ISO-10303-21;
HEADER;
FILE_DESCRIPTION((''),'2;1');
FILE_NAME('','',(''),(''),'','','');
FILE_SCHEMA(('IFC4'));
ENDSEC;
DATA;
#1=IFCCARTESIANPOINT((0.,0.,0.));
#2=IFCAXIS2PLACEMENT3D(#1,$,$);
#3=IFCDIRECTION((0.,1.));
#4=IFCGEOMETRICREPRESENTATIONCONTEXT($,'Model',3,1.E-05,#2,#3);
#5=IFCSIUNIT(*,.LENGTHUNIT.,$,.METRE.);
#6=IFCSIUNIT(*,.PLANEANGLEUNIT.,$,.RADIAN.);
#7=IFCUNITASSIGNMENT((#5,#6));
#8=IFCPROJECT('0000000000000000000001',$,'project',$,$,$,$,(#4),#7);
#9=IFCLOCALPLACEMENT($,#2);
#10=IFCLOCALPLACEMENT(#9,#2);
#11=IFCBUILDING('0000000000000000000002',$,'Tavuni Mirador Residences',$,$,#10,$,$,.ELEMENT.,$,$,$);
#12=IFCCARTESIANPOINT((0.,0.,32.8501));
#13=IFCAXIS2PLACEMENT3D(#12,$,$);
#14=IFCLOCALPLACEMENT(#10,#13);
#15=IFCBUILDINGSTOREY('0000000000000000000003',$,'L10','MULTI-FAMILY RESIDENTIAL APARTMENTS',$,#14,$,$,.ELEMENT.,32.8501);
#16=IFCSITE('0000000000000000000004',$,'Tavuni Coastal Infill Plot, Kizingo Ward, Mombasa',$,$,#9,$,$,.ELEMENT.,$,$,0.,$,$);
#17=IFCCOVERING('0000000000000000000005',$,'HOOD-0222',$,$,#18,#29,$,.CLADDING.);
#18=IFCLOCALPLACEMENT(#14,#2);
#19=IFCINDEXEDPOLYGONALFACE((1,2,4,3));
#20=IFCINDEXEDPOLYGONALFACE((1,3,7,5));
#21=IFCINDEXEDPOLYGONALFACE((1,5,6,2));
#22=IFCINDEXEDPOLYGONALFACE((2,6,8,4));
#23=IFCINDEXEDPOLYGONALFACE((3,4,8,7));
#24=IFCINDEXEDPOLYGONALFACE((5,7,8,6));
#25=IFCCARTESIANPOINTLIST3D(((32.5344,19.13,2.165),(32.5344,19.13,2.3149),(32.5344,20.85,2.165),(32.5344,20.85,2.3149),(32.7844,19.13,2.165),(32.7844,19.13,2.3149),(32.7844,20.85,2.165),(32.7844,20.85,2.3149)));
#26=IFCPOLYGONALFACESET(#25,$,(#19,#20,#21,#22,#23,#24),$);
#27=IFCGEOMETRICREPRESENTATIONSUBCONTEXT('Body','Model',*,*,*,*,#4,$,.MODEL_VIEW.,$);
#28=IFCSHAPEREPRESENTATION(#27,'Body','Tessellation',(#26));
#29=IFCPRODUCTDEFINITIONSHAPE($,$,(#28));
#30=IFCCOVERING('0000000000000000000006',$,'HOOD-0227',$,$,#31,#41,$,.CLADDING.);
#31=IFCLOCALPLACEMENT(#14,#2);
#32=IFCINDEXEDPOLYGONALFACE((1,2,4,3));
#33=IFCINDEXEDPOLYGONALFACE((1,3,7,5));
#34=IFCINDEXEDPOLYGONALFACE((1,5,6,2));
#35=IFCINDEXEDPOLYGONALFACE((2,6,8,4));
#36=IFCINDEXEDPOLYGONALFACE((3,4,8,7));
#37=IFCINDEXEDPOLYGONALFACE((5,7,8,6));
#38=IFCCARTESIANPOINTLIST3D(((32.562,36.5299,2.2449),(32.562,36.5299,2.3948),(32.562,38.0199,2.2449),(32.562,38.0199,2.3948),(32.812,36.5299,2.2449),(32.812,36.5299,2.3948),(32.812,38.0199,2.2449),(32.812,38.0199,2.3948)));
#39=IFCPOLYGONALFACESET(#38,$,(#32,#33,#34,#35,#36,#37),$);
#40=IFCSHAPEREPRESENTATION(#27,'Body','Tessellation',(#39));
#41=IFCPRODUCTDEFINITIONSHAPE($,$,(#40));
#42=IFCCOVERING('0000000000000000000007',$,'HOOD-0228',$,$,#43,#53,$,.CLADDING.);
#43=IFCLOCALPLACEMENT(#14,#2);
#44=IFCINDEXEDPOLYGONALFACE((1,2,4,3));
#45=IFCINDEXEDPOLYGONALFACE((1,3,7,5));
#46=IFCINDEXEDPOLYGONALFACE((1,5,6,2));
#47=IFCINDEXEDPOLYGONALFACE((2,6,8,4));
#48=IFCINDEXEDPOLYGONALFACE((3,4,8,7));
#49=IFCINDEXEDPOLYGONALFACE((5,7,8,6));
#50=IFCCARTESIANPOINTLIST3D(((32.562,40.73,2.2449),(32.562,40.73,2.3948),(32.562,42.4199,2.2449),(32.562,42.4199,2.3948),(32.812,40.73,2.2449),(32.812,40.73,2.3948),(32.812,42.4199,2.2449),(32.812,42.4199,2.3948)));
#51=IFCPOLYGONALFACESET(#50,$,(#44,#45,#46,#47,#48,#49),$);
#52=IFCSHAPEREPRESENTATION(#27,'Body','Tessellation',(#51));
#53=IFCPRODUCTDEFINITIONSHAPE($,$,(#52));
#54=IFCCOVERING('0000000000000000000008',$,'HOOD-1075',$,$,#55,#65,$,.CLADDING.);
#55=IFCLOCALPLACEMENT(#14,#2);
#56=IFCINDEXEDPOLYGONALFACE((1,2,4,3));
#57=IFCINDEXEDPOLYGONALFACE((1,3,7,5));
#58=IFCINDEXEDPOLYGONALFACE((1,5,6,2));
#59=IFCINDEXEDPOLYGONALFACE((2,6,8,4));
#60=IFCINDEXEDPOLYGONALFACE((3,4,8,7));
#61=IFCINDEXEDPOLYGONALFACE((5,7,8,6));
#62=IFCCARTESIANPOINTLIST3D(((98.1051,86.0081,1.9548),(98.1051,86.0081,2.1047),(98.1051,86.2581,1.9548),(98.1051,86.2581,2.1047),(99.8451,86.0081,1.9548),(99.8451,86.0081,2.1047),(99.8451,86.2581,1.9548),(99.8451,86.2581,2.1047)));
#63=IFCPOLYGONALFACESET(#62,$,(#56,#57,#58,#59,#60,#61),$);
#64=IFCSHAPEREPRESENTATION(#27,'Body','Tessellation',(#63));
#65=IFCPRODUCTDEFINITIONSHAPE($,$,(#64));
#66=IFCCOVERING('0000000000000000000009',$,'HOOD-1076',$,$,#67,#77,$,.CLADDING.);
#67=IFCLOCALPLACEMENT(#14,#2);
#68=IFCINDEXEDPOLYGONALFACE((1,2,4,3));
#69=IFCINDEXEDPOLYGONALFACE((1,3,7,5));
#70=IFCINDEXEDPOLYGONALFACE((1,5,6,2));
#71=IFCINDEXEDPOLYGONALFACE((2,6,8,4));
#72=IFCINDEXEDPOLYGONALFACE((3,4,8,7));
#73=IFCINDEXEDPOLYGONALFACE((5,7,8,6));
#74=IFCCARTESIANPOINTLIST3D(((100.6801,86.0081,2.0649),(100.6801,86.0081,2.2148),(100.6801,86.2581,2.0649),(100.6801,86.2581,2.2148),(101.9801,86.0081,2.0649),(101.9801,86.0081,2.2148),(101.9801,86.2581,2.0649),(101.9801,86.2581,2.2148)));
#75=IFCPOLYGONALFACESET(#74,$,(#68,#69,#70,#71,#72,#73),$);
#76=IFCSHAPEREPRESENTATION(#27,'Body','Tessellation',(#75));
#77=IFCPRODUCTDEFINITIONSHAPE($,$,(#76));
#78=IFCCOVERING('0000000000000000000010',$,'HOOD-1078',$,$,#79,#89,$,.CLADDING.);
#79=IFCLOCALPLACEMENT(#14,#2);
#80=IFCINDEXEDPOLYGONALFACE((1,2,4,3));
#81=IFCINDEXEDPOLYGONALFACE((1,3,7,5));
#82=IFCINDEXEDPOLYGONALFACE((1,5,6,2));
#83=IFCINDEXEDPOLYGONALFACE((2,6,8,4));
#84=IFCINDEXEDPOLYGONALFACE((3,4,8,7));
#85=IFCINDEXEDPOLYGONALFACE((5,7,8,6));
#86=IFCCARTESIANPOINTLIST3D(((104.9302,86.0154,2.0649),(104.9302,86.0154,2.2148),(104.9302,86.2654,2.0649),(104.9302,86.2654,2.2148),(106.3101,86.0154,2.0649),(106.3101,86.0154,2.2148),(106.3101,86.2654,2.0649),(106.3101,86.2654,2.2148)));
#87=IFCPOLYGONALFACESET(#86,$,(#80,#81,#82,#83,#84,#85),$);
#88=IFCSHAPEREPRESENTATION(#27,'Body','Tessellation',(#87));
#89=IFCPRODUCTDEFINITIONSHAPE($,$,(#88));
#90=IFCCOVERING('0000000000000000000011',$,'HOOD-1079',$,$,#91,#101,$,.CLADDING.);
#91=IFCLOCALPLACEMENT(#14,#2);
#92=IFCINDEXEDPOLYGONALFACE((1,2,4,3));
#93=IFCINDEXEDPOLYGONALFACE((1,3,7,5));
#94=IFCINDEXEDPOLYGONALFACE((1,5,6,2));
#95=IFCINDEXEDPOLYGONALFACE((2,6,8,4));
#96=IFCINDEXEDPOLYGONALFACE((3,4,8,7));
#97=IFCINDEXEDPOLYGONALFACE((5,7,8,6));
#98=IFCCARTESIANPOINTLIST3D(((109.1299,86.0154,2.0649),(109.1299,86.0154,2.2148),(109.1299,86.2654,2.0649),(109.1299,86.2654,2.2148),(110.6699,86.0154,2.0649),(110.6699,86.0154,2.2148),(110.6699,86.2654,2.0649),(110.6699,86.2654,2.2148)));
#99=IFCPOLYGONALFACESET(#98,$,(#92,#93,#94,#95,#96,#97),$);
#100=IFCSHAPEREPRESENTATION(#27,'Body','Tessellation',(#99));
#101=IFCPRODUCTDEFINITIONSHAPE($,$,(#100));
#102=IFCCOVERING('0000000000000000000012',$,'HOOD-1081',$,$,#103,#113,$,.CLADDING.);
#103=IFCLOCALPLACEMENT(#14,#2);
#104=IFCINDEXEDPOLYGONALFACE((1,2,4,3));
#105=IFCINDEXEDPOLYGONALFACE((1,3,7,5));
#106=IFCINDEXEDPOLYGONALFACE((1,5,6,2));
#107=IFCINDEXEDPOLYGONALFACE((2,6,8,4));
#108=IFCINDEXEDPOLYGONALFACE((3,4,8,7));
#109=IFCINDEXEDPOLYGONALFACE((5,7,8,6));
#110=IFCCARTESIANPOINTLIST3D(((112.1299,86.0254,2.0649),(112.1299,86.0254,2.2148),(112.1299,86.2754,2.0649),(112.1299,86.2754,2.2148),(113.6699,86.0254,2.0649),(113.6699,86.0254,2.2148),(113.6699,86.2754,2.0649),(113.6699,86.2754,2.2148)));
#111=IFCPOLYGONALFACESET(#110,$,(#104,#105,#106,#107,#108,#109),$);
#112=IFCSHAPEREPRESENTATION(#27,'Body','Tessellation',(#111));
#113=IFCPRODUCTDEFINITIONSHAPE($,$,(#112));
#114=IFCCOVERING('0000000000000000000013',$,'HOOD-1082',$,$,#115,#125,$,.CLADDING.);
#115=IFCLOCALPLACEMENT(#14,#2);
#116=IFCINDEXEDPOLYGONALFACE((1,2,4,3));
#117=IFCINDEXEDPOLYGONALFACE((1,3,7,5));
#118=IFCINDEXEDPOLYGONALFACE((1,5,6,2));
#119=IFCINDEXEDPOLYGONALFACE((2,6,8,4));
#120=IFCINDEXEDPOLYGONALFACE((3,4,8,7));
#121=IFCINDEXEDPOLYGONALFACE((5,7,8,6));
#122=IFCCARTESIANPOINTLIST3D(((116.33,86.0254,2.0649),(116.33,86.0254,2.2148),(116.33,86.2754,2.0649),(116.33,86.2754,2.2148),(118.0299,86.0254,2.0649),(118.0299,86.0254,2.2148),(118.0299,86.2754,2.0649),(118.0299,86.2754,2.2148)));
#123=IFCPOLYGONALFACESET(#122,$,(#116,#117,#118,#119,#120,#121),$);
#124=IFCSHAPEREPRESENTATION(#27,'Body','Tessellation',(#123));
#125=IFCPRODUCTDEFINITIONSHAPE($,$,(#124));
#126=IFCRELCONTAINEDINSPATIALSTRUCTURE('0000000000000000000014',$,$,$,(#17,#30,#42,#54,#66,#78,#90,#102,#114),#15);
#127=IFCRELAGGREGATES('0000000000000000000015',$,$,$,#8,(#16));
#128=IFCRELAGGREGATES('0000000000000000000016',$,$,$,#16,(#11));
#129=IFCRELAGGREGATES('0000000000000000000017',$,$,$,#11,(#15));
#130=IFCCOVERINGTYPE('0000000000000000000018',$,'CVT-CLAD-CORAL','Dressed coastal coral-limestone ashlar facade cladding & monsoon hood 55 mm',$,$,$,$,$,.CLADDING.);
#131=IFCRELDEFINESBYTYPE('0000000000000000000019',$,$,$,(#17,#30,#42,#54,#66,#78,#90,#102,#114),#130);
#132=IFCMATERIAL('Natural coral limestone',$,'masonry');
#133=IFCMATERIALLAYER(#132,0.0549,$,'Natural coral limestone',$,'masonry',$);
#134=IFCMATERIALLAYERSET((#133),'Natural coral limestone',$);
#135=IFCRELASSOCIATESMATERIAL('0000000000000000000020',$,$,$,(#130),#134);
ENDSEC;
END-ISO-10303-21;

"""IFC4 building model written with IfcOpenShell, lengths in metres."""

from ifc_helpers import new_model, si_unit, direction, frame, origin, origin_2d, place, context, subcontext, project, spatial, rectangle, extrude, material, layer, layer_set, type_object, element, save


model = new_model("IFC4")

# Units and contexts
model_context = context("Model", 3, precision=1e-05, world=origin(), true_north=direction((0.0, 1.0)))
body_context = subcontext(model_context, "Body", "Model", "MODEL_VIEW")
ifc_project = project(units=[si_unit("LENGTHUNIT", "METRE"), si_unit("PLANEANGLEUNIT", "RADIAN")], contexts=[model_context])

# Site, building, storey
site_placement = place(None, origin())
site = spatial("IfcSite", under=ifc_project, at=site_placement, Name="Tavuni Coastal Infill Plot, Kizingo Ward, Mombasa", CompositionType="ELEMENT", RefElevation=0.0)
building_placement = place(site_placement, origin())
building = spatial("IfcBuilding", under=site, at=building_placement, Name="Tavuni Mirador Residences", CompositionType="ELEMENT")
storey_placement = place(building_placement, frame((0.0, 0.0, 32.8501)))
storey = spatial("IfcBuildingStorey", under=building, at=storey_placement, Name="L10", Description="MULTI-FAMILY RESIDENTIAL APARTMENTS", CompositionType="ELEMENT", Elevation=32.8501)

# Coverings
ifc_material_1 = material(Name="Natural coral limestone", Category="masonry")
ifc_layer_1 = layer(ifc_material_1, 0.0549, Name="Natural coral limestone", Category="masonry")
ifc_layer_set_1 = layer_set([ifc_layer_1], Name="Natural coral limestone")
covering_type = type_object("IfcCoveringType", Name="CVT-CLAD-CORAL", Description="Dressed coastal coral-limestone ashlar facade cladding & monsoon hood 55 mm", PredefinedType="CLADDING", material=ifc_layer_set_1)
covering_1_placement = place(storey_placement, frame((32.6594, 19.99, 2.165), z_axis=(0.0, 0.0, 1.0), x_axis=(0.0, 1.0, 0.0)))
element("IfcCovering", 1, at=covering_1_placement, inside=storey, type_object=covering_type, Name="HOOD-0222", PredefinedType="CLADDING", context=body_context, shape_type="SweptSolid", body=[
    extrude(rectangle(XDim=1.72, YDim=0.25, at=origin_2d()), origin(), (0.0, 0.0, 1.0), 0.1499),
])
covering_2_placement = place(storey_placement, frame((32.687, 37.2749, 2.2449), z_axis=(0.0, 0.0, 1.0), x_axis=(0.0, 1.0, 0.0)))
element("IfcCovering", 2, at=covering_2_placement, inside=storey, type_object=covering_type, Name="HOOD-0227", PredefinedType="CLADDING", context=body_context, shape_type="SweptSolid", body=[
    extrude(rectangle(XDim=1.49, YDim=0.25, at=origin_2d()), origin(), (0.0, 0.0, 1.0), 0.1499),
])
covering_3_placement = place(storey_placement, frame((32.687, 41.575, 2.2449), z_axis=(0.0, 0.0, 1.0), x_axis=(0.0, 1.0, 0.0)))
element("IfcCovering", 3, at=covering_3_placement, inside=storey, type_object=covering_type, Name="HOOD-0228", PredefinedType="CLADDING", context=body_context, shape_type="SweptSolid", body=[
    extrude(rectangle(XDim=1.6899, YDim=0.25, at=origin_2d()), origin(), (0.0, 0.0, 1.0), 0.1499),
])
covering_4_placement = place(storey_placement, frame((98.9751, 86.1331, 1.9548), z_axis=(0.0, 0.0, 1.0), x_axis=(1.0, 0.0, 0.0)))
element("IfcCovering", 4, at=covering_4_placement, inside=storey, type_object=covering_type, Name="HOOD-1075", PredefinedType="CLADDING", context=body_context, shape_type="SweptSolid", body=[
    extrude(rectangle(XDim=1.74, YDim=0.25, at=origin_2d()), origin(), (0.0, 0.0, 1.0), 0.1499),
])
covering_5_placement = place(storey_placement, frame((101.3301, 86.1331, 2.0649), z_axis=(0.0, 0.0, 1.0), x_axis=(1.0, 0.0, 0.0)))
element("IfcCovering", 5, at=covering_5_placement, inside=storey, type_object=covering_type, Name="HOOD-1076", PredefinedType="CLADDING", context=body_context, shape_type="SweptSolid", body=[
    extrude(rectangle(XDim=1.3, YDim=0.25, at=origin_2d()), origin(), (0.0, 0.0, 1.0), 0.1499),
])
covering_6_placement = place(storey_placement, frame((105.6201, 86.1404, 2.0649), z_axis=(0.0, 0.0, 1.0), x_axis=(1.0, 0.0, 0.0)))
element("IfcCovering", 6, at=covering_6_placement, inside=storey, type_object=covering_type, Name="HOOD-1078", PredefinedType="CLADDING", context=body_context, shape_type="SweptSolid", body=[
    extrude(rectangle(XDim=1.3799, YDim=0.25, at=origin_2d()), origin(), (0.0, 0.0, 1.0), 0.1499),
])
for number, where, z_axis, x_axis, name in (
    (7, (109.8999, 86.1404, 2.0649), (0.0, 0.0, 1.0), (1.0, 0.0, 0.0), "HOOD-1079"),
    (8, (112.8999, 86.1504, 2.0649), (0.0, 0.0, 1.0), (1.0, 0.0, 0.0), "HOOD-1081"),
):
    element("IfcCovering", number, at=place(storey_placement, frame(where, z_axis=z_axis, x_axis=x_axis)), inside=storey, type_object=covering_type, Name=name, PredefinedType="CLADDING", context=body_context, shape_type="SweptSolid", body=[
        extrude(rectangle(XDim=1.54, YDim=0.25, at=origin_2d()), origin(), (0.0, 0.0, 1.0), 0.1499),
    ])
covering_7_placement = place(storey_placement, frame((117.1799, 86.1504, 2.0649), z_axis=(0.0, 0.0, 1.0), x_axis=(1.0, 0.0, 0.0)))
element("IfcCovering", 9, at=covering_7_placement, inside=storey, type_object=covering_type, Name="HOOD-1082", PredefinedType="CLADDING", context=body_context, shape_type="SweptSolid", body=[
    extrude(rectangle(XDim=1.7, YDim=0.25, at=origin_2d()), origin(), (0.0, 0.0, 1.0), 0.1499),
])

save(model, "model.ifc")
